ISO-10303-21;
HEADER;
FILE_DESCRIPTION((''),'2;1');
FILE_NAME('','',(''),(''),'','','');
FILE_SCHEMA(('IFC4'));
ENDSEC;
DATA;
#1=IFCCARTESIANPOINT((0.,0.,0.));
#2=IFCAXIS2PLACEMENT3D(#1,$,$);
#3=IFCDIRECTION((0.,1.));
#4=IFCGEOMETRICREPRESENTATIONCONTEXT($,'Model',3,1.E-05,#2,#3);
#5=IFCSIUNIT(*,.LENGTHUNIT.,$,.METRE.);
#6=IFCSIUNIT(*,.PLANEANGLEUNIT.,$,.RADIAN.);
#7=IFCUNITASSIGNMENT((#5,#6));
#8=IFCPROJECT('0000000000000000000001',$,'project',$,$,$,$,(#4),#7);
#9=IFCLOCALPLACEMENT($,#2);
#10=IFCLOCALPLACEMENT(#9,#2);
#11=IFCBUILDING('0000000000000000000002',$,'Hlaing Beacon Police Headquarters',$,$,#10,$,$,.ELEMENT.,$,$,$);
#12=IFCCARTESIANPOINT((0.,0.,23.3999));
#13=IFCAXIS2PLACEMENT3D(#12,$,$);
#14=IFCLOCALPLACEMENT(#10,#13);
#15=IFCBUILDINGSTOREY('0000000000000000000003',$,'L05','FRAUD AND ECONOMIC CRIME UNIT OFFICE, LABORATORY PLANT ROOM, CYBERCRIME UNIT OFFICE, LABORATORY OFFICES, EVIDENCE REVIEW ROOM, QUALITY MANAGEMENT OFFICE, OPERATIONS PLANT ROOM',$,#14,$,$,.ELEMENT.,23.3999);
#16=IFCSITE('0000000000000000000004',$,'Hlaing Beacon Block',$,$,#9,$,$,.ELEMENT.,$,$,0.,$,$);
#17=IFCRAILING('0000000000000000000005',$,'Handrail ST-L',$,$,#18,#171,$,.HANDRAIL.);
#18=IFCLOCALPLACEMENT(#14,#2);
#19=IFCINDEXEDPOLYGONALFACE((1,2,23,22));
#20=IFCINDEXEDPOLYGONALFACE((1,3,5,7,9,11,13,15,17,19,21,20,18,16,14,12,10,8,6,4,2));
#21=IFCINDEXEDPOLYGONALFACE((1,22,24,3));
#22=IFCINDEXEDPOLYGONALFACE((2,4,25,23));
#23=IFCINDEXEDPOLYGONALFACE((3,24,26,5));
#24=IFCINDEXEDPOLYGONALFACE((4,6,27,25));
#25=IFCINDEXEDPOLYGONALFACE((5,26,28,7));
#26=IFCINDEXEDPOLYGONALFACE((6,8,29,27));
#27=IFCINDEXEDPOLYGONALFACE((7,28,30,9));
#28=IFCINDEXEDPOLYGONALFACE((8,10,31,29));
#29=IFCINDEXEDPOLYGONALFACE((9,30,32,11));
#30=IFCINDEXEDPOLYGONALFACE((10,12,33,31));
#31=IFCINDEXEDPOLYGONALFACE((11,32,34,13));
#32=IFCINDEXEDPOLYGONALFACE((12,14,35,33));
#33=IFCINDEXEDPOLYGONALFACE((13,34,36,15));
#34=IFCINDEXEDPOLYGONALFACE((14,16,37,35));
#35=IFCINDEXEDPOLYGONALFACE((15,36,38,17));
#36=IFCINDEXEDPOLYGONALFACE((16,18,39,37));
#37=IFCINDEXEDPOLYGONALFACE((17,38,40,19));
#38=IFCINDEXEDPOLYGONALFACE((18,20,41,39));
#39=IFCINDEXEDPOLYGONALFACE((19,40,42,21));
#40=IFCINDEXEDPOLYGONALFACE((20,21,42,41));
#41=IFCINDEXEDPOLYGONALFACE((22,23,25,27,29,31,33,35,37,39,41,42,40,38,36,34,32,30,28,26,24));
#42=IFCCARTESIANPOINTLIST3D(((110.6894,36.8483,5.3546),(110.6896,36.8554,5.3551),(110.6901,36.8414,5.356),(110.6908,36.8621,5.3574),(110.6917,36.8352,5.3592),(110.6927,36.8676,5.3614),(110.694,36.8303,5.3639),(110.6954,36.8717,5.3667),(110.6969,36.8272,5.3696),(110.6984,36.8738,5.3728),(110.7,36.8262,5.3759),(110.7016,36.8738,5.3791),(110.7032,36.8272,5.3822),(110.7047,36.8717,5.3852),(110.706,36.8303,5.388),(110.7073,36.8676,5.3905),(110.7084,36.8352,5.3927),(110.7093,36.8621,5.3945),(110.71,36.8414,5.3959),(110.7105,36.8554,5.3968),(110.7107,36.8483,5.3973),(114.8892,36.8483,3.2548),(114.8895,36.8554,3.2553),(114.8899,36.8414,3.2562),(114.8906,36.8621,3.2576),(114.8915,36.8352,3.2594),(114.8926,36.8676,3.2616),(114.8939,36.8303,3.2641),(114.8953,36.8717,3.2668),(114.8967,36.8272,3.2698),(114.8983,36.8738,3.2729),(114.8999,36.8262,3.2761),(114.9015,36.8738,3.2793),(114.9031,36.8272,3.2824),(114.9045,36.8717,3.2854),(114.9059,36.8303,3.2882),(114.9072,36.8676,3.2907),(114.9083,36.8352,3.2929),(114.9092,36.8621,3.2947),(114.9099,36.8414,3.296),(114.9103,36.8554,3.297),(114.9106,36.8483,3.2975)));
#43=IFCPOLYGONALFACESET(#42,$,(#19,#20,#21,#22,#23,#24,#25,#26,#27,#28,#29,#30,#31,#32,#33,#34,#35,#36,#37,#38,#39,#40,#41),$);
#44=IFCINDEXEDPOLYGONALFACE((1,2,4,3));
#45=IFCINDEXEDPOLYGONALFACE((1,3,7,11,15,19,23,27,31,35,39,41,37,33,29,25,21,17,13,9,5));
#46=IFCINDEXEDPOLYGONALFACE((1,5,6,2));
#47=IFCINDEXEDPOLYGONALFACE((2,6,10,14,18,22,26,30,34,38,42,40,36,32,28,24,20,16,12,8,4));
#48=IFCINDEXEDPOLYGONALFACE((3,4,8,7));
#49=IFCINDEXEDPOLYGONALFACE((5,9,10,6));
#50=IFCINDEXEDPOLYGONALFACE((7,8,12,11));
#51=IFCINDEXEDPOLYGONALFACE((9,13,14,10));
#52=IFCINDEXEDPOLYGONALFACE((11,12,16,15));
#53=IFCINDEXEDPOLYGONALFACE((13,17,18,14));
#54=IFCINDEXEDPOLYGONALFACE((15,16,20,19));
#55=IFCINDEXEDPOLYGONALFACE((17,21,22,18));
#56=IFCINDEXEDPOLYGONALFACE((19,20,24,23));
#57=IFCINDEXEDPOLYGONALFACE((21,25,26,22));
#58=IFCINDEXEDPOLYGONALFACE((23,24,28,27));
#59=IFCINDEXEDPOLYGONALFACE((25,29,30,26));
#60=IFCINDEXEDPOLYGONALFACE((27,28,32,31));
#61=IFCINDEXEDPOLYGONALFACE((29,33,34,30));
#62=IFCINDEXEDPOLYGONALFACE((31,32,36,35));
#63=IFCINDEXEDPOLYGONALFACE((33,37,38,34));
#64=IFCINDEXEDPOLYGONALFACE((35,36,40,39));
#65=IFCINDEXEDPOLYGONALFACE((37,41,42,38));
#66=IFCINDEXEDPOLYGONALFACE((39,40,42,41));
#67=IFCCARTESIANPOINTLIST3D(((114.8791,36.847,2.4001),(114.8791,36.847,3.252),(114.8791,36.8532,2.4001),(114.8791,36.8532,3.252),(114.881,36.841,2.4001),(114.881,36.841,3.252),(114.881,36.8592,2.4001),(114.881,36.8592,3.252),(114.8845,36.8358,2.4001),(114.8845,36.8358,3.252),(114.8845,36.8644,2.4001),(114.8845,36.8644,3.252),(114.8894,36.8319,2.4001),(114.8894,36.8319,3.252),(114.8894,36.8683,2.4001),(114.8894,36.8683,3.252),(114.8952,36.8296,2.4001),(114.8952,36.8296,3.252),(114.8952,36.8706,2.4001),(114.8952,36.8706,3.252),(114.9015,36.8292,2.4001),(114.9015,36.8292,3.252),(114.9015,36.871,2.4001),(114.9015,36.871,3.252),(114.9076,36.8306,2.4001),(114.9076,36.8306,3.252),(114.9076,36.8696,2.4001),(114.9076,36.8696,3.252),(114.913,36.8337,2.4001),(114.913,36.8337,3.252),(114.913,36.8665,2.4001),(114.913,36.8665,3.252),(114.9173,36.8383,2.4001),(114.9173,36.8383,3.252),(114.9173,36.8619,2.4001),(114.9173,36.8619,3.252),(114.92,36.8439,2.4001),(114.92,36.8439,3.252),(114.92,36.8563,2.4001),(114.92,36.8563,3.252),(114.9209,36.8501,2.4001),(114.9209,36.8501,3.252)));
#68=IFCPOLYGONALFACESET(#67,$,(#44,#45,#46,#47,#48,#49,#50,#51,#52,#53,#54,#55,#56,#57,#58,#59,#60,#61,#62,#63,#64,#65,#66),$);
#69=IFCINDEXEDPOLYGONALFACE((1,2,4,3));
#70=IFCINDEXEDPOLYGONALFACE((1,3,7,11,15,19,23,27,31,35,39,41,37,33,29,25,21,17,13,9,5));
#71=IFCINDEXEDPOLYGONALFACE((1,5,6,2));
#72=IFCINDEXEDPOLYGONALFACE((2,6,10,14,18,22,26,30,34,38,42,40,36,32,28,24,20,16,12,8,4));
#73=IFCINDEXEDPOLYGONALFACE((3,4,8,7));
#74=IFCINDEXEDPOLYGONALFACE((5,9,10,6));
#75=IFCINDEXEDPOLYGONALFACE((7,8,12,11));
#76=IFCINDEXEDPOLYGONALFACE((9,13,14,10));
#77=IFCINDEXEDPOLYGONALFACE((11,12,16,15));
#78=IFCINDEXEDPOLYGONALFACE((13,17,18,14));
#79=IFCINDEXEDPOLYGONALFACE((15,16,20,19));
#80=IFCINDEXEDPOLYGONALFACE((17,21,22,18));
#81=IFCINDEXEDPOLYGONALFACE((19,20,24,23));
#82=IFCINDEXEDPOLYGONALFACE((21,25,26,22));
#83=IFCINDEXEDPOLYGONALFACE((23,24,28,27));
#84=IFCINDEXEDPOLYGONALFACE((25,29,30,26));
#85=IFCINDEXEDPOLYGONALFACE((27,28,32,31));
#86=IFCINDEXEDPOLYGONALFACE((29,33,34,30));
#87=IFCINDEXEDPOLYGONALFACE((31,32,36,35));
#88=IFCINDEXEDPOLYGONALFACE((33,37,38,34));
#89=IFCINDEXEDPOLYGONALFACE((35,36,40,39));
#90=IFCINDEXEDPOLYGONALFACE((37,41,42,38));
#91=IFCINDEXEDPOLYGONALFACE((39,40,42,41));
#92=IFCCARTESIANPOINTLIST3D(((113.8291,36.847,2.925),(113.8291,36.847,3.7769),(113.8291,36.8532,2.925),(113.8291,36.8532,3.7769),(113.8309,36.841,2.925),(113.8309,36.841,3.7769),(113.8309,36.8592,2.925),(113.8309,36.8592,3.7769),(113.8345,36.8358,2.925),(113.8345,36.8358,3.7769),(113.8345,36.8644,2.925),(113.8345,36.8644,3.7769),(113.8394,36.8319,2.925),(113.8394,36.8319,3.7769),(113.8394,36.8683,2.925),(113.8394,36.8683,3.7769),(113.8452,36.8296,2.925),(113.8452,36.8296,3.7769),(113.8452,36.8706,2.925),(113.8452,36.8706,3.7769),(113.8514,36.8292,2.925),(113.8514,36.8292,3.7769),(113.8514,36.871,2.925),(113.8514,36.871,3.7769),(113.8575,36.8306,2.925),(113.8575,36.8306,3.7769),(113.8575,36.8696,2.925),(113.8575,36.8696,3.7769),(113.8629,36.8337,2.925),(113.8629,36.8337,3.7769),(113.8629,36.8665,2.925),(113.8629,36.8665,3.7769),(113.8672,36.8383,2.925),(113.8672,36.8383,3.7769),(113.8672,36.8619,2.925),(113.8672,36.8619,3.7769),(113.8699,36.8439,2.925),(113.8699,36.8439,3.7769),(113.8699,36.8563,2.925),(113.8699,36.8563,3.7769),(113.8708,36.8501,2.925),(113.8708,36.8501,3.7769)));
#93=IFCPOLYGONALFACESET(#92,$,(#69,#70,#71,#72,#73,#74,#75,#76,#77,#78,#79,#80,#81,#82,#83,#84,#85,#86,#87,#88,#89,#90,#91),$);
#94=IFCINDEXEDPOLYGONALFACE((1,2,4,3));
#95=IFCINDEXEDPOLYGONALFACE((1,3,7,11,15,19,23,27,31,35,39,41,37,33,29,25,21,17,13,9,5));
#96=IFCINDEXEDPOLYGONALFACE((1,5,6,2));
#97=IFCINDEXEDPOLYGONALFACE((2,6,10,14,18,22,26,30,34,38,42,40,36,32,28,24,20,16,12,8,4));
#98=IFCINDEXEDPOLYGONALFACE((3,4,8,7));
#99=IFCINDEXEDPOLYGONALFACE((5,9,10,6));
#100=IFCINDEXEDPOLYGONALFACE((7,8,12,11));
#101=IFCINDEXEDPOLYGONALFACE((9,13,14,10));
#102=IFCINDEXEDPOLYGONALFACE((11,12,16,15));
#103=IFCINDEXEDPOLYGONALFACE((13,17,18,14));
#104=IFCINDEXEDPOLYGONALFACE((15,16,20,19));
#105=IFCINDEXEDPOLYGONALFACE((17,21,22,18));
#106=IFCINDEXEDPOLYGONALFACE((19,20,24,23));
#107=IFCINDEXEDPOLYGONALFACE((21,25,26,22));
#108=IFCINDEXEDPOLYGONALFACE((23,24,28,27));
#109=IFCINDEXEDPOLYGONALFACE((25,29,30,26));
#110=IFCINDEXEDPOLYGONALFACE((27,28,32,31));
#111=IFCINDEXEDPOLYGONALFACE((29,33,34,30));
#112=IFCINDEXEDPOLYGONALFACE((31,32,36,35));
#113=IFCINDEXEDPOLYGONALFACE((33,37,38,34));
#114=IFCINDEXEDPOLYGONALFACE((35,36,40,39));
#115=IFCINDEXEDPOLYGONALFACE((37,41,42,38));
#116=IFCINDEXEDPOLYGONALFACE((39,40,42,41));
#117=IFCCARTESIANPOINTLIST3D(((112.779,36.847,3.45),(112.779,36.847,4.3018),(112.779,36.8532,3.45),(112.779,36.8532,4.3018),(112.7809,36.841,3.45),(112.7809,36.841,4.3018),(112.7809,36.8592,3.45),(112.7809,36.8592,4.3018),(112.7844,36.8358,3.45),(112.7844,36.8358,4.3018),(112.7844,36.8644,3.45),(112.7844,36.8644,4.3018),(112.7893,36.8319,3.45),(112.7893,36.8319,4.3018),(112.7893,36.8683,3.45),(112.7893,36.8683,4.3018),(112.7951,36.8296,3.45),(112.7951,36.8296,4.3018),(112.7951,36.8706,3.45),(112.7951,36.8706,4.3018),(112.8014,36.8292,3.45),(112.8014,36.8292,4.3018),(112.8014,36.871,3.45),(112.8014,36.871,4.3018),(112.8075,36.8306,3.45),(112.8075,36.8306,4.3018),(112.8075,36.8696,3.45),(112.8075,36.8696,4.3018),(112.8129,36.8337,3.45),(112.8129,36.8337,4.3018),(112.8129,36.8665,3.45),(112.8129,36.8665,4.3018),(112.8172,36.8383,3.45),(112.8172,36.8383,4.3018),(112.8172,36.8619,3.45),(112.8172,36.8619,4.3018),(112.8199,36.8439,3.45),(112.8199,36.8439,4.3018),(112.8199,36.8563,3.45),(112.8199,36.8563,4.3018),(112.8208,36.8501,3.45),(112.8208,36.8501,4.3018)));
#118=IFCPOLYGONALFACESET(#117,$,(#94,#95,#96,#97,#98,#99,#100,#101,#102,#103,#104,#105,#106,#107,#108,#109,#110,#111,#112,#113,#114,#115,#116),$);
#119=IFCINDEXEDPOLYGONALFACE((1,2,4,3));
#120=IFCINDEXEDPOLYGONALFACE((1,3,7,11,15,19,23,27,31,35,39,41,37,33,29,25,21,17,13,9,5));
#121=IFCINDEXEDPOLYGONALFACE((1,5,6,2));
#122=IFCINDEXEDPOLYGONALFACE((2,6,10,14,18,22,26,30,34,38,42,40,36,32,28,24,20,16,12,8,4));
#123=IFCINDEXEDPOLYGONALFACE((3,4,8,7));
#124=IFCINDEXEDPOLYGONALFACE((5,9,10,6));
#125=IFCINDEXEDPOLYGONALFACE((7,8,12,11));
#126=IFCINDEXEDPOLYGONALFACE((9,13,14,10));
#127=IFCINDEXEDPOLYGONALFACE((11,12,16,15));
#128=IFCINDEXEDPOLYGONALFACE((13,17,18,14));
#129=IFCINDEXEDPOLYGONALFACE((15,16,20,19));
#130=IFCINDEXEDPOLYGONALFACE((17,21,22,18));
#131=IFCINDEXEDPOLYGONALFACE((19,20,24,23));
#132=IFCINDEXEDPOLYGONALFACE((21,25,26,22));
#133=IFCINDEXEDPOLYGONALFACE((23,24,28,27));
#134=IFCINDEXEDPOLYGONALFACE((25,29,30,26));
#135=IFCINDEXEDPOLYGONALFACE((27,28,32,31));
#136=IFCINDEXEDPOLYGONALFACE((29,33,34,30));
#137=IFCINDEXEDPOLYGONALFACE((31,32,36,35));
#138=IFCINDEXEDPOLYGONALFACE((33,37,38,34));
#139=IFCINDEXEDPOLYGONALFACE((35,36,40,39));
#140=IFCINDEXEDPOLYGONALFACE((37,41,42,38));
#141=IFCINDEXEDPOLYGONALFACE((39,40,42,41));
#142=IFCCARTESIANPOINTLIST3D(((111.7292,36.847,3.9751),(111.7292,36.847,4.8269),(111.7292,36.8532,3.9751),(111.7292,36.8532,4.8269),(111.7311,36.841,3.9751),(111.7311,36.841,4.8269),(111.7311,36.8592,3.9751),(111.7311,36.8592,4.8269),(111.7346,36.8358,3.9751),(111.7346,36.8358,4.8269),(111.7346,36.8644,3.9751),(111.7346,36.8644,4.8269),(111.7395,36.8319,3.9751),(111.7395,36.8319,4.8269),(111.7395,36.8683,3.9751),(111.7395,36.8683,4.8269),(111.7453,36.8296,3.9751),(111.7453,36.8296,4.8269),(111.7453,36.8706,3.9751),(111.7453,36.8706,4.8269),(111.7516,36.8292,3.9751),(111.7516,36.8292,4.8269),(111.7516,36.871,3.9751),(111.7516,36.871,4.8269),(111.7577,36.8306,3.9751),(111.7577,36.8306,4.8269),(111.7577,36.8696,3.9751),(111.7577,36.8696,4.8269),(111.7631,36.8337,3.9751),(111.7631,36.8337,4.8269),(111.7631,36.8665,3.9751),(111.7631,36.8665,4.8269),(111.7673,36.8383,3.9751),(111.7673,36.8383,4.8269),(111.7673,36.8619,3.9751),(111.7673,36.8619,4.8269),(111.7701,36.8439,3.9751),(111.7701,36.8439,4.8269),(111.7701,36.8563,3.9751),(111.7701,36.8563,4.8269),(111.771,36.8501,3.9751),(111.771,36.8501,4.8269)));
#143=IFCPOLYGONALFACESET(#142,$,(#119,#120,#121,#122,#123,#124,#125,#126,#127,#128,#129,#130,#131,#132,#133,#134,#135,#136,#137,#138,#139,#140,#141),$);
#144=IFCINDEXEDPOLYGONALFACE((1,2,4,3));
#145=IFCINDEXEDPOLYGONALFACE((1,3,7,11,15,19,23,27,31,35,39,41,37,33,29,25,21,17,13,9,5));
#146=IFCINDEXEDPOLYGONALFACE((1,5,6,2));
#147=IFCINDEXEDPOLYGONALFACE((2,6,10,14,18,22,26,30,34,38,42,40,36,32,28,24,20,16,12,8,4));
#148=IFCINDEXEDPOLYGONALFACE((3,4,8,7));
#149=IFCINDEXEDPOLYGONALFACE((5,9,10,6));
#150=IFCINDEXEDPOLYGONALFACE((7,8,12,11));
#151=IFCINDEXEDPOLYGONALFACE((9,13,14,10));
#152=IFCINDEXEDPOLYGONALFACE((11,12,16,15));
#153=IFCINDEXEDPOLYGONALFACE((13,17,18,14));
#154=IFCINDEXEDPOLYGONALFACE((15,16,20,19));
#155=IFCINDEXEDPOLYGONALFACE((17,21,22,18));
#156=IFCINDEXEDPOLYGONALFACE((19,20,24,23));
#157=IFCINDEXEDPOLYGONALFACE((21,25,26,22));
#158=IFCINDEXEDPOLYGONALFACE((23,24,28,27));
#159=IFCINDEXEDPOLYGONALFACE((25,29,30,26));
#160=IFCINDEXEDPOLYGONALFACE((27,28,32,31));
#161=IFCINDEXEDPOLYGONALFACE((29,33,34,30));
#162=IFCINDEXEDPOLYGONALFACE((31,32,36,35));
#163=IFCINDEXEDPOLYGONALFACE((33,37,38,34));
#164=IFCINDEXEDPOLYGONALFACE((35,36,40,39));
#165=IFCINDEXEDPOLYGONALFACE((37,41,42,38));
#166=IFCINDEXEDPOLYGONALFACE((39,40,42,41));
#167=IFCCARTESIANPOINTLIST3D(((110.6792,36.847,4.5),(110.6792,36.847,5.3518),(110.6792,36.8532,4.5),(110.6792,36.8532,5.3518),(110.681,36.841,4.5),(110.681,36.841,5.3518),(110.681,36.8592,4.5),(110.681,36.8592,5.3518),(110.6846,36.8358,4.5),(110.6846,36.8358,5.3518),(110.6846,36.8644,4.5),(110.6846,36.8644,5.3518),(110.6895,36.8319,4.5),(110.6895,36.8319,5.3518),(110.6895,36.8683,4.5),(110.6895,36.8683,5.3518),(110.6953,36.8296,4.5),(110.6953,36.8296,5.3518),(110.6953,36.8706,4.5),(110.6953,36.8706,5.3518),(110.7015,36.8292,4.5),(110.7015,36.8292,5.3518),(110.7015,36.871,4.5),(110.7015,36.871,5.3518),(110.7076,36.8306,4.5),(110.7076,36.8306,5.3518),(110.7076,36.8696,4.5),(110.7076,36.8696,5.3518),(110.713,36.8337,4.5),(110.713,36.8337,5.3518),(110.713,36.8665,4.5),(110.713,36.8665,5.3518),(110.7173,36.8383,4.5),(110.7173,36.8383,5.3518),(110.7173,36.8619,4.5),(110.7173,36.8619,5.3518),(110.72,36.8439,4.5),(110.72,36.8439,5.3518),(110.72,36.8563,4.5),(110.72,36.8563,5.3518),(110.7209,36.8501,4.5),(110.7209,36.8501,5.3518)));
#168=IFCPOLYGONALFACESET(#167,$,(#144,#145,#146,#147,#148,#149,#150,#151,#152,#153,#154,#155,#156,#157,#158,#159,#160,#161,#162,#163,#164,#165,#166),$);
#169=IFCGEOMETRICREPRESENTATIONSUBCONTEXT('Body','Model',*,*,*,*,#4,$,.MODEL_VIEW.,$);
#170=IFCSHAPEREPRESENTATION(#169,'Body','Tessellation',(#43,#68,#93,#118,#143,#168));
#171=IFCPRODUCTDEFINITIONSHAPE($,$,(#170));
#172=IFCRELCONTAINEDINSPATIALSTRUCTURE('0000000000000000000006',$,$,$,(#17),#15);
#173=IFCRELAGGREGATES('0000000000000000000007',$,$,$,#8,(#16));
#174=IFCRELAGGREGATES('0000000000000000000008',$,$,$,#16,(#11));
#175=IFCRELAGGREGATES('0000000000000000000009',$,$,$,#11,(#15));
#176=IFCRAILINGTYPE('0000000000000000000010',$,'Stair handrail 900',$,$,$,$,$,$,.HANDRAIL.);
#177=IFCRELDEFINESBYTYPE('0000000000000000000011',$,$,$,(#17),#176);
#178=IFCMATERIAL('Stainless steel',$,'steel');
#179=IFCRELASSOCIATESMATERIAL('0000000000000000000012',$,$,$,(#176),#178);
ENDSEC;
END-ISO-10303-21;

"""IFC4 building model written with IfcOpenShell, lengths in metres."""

from ifc_helpers import new_model, si_unit, direction, frame, origin, origin_2d, place, context, subcontext, project, spatial, circle, extrude, material, type_object, element, save


model = new_model("IFC4")

# Units and contexts
model_context = context("Model", 3, precision=1e-05, world=origin(), true_north=direction((0.0, 1.0)))
body_context = subcontext(model_context, "Body", "Model", "MODEL_VIEW")
ifc_project = project(units=[si_unit("LENGTHUNIT", "METRE"), si_unit("PLANEANGLEUNIT", "RADIAN")], contexts=[model_context])

# Site, building, storey
site_placement = place(None, origin())
site = spatial("IfcSite", under=ifc_project, at=site_placement, Name="Hlaing Beacon Block", CompositionType="ELEMENT", RefElevation=0.0)
building_placement = place(site_placement, origin())
building = spatial("IfcBuilding", under=site, at=building_placement, Name="Hlaing Beacon Police Headquarters", CompositionType="ELEMENT")
storey_placement = place(building_placement, frame((0.0, 0.0, 23.3999)))
storey = spatial("IfcBuildingStorey", under=building, at=storey_placement, Name="L05", Description="FRAUD AND ECONOMIC CRIME UNIT OFFICE, LABORATORY PLANT ROOM, CYBERCRIME UNIT OFFICE, LABORATORY OFFICES, EVIDENCE REVIEW ROOM, QUALITY MANAGEMENT OFFICE, OPERATIONS PLANT ROOM", CompositionType="ELEMENT", Elevation=23.3999)

# Railing
ifc_material_1 = material(Name="Stainless steel", Category="steel")
railing_type_1 = type_object("IfcRailingType", Name="Stair handrail 900", PredefinedType="HANDRAIL", material=ifc_material_1)
for number, where, name in (
    (1, (114.8999, 36.8501, 2.4001), "Handrail ST-L"),
):
    element("IfcRailing", number, at=place(storey_placement, frame(where)), inside=storey, type_object=railing_type_1, Name=name, PredefinedType="HANDRAIL", context=body_context, shape_type="SweptSolid", body=[
        extrude(circle(Radius=0.0239, at=origin_2d()), frame((0.0, 0.0, 0.876), z_axis=(-0.894438, 0.0, 0.447193), x_axis=(0.0, -1.0, 0.0)), (0.0, 0.0, 1.0), 4.6956),
        extrude(circle(Radius=0.021, at=origin_2d()), origin(), (0.0, 0.0, 1.0), 0.8518),
        extrude(circle(Radius=0.021, at=origin_2d()), frame((-1.05, 0.0, 0.5249)), (0.0, 0.0, 1.0), 0.8518),
        extrude(circle(Radius=0.021, at=origin_2d()), frame((-2.1001, 0.0, 1.0498)), (0.0, 0.0, 1.0), 0.8518),
        extrude(circle(Radius=0.021, at=origin_2d()), frame((-3.1499, 0.0, 1.575)), (0.0, 0.0, 1.0), 0.8518),
        extrude(circle(Radius=0.021, at=origin_2d()), frame((-4.2, 0.0, 2.0999)), (0.0, 0.0, 1.0), 0.8518),
    ])

save(model, "model.ifc")
